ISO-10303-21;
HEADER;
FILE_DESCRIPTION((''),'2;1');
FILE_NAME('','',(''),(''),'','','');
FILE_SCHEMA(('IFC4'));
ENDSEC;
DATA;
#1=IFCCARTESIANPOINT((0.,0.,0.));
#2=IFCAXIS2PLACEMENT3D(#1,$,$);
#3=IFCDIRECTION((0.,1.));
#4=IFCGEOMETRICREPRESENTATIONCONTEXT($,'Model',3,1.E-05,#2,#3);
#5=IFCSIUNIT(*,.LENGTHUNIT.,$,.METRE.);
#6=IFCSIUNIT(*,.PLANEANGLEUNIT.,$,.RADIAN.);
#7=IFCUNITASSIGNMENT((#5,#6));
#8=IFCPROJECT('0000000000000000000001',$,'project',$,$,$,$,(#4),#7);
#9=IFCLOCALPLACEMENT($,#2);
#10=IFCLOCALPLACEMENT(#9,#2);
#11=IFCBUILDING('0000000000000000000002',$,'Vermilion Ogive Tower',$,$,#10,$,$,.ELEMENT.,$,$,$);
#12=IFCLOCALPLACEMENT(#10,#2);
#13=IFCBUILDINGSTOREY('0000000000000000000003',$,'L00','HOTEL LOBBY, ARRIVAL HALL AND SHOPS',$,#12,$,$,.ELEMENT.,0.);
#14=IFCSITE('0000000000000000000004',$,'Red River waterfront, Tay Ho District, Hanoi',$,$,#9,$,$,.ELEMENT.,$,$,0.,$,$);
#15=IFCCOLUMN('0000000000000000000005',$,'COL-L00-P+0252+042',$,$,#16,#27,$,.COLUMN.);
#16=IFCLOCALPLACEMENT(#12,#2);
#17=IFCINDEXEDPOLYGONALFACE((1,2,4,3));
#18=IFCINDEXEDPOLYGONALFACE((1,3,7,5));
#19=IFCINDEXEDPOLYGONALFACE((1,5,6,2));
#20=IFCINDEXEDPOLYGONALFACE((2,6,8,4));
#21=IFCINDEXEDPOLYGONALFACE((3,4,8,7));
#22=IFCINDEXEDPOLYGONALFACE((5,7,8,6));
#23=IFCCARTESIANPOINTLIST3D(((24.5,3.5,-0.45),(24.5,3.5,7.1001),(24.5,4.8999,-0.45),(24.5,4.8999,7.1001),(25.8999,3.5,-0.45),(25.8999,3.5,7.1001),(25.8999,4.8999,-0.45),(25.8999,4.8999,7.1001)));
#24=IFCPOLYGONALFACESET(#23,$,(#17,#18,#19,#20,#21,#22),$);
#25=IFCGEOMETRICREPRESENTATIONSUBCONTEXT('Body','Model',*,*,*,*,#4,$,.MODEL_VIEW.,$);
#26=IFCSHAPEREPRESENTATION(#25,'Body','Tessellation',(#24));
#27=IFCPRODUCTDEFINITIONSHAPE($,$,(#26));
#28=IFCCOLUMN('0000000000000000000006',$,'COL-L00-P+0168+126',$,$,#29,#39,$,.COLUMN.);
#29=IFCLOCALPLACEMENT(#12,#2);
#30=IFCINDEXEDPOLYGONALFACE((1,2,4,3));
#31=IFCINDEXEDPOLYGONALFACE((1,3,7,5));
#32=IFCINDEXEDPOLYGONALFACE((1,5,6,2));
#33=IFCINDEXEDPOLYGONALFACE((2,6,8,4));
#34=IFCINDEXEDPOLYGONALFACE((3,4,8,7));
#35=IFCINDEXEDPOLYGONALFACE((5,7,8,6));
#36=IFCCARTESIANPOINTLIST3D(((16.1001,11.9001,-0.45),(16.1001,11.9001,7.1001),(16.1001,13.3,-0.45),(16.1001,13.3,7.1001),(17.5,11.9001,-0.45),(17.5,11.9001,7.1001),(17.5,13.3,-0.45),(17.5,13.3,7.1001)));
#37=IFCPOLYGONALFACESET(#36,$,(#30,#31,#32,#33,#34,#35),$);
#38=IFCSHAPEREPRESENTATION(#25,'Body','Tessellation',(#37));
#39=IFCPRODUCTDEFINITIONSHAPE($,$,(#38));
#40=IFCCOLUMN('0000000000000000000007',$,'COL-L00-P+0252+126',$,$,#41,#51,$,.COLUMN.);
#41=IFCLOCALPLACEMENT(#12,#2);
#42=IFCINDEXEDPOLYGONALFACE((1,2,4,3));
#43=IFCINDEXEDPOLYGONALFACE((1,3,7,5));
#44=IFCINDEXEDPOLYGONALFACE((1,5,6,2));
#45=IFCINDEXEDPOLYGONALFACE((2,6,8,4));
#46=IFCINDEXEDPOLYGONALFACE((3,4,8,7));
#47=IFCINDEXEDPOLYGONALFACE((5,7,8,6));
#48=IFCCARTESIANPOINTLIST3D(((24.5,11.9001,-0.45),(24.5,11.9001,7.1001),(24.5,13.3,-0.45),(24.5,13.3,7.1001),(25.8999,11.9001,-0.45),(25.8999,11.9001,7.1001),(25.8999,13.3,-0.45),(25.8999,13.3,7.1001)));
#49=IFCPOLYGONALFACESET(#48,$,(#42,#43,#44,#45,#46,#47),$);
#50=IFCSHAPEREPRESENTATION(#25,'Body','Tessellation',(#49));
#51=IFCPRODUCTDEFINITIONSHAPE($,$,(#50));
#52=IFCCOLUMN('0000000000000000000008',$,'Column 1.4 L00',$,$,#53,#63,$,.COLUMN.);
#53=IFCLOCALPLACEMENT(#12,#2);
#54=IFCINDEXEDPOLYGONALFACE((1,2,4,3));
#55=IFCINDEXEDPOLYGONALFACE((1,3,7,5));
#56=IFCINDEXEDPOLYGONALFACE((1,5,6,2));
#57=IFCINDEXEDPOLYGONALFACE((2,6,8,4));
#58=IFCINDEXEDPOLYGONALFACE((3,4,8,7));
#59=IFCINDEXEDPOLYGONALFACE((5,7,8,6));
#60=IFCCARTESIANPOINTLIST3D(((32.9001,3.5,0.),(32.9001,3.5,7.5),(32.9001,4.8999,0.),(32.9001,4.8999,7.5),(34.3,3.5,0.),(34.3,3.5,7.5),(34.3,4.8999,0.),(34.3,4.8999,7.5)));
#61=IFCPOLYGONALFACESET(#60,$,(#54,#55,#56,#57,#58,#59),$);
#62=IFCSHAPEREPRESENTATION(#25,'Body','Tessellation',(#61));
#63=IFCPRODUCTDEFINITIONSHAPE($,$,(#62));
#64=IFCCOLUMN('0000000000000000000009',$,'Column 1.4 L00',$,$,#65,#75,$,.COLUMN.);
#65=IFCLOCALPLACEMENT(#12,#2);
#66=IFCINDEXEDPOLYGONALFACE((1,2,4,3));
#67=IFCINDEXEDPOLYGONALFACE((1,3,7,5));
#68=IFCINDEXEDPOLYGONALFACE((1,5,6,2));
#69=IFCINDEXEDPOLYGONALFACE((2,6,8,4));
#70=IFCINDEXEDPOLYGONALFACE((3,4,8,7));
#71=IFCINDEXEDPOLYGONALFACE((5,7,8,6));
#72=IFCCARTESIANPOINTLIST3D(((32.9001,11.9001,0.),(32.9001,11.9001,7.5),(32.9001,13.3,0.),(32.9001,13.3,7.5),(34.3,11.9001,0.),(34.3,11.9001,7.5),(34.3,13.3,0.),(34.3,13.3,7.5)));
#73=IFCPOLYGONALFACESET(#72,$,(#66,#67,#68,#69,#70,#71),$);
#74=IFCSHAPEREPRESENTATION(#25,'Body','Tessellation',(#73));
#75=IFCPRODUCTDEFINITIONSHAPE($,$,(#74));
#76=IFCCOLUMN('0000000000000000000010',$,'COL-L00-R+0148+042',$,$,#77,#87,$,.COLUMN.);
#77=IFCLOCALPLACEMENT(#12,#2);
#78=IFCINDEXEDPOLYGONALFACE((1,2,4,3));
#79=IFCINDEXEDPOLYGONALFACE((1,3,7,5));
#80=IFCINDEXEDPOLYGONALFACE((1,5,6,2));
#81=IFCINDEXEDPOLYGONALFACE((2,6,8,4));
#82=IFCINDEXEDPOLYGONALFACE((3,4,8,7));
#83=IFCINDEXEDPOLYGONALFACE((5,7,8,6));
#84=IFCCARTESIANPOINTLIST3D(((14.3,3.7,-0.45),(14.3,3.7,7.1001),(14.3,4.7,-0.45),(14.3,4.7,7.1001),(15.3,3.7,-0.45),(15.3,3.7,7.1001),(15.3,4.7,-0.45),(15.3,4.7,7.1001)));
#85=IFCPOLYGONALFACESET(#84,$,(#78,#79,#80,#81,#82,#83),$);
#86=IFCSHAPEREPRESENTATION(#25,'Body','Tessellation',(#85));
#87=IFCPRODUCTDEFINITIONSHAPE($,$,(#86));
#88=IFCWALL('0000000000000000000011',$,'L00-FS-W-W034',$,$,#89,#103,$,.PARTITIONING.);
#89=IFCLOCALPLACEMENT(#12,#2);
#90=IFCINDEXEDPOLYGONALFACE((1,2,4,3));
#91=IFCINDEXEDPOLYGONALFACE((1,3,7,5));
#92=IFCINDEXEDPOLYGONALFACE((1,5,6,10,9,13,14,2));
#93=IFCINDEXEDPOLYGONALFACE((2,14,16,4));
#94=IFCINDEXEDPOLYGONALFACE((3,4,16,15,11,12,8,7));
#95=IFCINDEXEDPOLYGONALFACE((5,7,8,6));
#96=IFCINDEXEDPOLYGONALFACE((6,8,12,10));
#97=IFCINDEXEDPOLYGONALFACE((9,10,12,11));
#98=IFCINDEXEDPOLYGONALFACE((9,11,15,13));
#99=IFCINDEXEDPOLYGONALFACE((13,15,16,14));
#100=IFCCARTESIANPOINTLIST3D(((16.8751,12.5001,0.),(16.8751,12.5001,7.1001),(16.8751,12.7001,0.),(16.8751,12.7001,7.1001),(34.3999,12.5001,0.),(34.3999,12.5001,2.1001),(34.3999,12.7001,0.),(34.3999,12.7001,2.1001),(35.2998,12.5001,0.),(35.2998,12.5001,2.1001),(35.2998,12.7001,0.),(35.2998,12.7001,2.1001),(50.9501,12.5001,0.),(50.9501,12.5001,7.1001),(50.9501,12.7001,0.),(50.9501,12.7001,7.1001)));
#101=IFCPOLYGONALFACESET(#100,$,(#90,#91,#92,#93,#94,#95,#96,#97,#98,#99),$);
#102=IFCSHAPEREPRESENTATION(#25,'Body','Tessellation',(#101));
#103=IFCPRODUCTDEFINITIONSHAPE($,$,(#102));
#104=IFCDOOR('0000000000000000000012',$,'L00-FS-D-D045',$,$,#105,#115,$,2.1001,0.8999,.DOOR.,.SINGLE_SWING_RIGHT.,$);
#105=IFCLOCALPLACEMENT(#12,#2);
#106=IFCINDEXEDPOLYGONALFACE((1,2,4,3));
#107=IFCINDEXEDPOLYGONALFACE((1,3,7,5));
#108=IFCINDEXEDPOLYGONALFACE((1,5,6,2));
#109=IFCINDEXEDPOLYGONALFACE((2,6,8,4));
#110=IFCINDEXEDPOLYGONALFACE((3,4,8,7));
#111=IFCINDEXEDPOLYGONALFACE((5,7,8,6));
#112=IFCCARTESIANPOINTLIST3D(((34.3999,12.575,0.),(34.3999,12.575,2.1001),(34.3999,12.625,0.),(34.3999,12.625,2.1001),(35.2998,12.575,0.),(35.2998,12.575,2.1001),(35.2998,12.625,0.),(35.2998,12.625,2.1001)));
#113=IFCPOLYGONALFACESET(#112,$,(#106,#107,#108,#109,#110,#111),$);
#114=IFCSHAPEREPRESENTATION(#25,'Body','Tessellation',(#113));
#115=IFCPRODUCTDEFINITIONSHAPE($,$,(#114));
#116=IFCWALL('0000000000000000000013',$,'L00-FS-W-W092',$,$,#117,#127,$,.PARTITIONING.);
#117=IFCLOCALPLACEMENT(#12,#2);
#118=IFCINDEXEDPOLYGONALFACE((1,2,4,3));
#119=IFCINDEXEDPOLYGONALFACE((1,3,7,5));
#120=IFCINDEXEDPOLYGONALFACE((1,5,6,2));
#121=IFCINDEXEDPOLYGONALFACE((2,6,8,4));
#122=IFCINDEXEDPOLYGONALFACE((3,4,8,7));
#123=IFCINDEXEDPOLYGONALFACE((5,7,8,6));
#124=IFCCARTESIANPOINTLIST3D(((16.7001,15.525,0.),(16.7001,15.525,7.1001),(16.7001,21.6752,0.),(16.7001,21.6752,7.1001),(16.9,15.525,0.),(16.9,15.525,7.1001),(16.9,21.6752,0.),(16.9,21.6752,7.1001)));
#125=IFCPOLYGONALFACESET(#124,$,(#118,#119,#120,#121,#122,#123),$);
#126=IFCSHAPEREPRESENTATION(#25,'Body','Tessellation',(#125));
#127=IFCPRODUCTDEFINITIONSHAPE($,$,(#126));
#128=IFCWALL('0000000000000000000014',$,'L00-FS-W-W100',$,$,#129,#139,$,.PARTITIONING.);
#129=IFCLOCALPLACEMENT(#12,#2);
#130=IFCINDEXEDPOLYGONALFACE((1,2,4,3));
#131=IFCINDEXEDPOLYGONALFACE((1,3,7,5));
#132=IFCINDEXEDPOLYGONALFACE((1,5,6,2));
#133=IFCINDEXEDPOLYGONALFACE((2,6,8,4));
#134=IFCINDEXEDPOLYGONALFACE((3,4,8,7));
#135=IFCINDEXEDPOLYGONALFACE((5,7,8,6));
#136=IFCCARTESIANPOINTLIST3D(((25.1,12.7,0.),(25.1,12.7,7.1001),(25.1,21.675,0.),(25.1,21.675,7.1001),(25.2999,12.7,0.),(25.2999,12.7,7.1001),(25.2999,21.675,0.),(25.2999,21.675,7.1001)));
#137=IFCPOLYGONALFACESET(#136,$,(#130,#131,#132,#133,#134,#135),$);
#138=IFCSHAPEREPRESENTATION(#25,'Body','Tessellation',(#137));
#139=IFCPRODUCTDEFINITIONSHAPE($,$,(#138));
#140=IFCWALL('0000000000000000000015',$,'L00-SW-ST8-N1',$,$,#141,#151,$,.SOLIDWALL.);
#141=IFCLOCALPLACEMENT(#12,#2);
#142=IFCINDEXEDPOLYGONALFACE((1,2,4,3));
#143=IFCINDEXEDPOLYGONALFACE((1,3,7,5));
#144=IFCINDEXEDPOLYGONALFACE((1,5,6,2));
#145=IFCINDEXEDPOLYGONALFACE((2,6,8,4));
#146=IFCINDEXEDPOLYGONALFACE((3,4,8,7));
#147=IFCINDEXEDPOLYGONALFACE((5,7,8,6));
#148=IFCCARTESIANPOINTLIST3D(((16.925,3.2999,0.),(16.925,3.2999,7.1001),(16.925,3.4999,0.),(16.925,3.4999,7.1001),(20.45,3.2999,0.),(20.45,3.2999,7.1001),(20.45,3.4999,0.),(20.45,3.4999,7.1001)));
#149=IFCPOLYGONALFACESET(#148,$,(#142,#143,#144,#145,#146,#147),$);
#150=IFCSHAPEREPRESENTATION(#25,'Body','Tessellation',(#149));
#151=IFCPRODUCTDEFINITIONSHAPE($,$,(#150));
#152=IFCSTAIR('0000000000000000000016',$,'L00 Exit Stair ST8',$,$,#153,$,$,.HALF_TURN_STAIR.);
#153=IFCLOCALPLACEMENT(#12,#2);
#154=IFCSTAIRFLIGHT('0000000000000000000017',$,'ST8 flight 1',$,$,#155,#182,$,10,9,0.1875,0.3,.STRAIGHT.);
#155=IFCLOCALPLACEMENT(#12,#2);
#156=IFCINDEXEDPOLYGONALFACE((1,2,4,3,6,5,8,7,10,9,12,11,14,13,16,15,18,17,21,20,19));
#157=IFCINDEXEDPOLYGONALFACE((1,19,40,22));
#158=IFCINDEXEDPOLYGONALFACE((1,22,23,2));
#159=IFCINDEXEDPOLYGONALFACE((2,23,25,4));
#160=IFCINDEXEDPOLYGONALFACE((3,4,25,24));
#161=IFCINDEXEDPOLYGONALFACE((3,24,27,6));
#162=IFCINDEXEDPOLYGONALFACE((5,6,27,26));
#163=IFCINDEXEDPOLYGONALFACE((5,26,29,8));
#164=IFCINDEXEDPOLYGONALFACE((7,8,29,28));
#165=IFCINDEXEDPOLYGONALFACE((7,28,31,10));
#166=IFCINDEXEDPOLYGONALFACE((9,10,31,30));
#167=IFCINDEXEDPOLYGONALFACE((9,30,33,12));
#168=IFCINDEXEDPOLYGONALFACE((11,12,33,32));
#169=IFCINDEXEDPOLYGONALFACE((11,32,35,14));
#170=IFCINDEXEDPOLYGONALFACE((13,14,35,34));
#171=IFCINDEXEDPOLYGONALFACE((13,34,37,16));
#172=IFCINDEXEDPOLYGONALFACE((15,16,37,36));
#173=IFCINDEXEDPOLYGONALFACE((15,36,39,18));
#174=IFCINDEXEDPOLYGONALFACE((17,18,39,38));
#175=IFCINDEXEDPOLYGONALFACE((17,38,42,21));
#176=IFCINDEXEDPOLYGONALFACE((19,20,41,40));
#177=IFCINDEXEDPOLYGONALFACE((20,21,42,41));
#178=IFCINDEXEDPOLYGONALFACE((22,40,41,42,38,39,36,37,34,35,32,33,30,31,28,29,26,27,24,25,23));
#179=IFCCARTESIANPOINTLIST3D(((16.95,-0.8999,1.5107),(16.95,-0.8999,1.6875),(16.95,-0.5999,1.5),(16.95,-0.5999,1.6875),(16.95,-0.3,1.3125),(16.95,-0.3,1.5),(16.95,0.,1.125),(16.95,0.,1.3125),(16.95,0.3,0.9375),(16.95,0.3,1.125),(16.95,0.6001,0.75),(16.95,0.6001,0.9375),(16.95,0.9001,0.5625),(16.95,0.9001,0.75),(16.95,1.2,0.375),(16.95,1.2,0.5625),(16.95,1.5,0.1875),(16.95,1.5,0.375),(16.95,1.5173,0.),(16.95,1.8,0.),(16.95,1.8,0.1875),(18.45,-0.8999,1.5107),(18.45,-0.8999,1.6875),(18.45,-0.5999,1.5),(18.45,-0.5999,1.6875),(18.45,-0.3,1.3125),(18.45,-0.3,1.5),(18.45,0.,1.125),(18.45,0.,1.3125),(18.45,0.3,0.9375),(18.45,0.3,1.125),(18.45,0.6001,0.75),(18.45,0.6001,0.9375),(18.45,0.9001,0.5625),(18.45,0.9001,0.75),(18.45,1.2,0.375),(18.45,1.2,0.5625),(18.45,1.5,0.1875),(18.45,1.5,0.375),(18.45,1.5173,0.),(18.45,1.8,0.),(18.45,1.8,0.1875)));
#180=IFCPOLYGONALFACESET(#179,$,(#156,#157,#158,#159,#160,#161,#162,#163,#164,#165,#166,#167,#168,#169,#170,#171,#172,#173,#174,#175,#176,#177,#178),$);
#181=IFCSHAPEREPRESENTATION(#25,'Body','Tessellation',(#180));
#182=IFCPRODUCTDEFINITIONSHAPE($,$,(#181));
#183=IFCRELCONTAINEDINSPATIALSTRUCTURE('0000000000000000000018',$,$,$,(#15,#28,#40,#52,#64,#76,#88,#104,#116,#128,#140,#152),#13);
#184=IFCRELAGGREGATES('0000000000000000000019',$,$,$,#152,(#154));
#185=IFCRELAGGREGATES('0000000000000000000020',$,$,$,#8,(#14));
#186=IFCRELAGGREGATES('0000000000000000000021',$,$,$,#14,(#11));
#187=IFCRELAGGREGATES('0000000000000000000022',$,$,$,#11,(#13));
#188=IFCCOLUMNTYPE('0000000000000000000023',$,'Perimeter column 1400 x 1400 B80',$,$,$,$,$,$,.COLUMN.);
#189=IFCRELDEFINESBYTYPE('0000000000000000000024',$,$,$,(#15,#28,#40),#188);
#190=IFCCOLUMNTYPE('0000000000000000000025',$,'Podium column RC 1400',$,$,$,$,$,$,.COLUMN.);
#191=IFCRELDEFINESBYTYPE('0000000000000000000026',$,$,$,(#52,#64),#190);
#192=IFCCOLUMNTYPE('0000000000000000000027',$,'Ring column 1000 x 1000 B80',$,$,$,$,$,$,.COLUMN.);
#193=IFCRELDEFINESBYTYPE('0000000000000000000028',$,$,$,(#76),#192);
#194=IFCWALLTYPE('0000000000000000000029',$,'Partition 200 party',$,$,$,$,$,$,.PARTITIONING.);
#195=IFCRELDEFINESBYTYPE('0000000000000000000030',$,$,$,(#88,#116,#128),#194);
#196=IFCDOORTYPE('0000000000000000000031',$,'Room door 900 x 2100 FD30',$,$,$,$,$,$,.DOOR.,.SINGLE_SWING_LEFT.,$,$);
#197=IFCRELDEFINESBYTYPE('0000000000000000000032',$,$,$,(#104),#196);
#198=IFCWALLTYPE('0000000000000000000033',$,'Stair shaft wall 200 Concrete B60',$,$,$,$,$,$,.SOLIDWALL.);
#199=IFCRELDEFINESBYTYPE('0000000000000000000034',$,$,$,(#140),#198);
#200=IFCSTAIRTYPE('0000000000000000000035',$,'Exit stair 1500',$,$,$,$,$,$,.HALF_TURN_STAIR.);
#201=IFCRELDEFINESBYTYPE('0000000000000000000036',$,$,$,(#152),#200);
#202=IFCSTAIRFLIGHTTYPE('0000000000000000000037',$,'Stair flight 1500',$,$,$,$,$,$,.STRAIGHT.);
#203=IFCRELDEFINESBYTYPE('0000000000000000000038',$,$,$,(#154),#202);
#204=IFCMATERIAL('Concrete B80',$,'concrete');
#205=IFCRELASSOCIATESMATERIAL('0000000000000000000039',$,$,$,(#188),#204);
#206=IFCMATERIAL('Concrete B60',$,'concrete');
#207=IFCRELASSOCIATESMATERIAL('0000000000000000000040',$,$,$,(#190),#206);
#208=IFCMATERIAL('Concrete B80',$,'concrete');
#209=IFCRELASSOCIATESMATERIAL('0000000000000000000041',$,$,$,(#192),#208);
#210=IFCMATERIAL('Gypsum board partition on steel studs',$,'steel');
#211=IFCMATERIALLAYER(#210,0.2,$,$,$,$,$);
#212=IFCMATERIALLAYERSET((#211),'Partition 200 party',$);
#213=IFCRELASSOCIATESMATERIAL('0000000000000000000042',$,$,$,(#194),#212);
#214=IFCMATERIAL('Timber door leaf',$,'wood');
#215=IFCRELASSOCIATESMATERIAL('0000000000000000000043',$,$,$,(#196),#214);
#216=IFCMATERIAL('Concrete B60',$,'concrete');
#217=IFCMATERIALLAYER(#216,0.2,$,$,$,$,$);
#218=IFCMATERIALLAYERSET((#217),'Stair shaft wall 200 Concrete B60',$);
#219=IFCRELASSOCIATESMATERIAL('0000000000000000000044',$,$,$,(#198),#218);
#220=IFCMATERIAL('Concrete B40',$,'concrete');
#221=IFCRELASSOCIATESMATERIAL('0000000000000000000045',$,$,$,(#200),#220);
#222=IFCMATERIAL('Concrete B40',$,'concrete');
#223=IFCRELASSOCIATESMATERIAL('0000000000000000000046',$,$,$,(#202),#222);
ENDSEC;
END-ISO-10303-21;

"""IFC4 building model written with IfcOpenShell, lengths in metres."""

from ifc_helpers import new_model, si_unit, direction, frame, frame_2d, origin, origin_2d, place, context, subcontext, project, spatial, polyline, rectangle, outline, extrude, material, layer, layer_set, material_profile, profile_set, type_object, element, fill, aggregate, save


model = new_model("IFC4")

# Units and contexts
model_context = context("Model", 3, precision=1e-05, world=origin(), true_north=direction((0.0, 1.0)))
body_context = subcontext(model_context, "Body", "Model", "MODEL_VIEW")
ifc_project = project(units=[si_unit("LENGTHUNIT", "METRE"), si_unit("PLANEANGLEUNIT", "RADIAN")], contexts=[model_context])

# Site, building, storey
site_placement = place(None, origin())
site = spatial("IfcSite", under=ifc_project, at=site_placement, Name="Red River waterfront, Tay Ho District, Hanoi", CompositionType="ELEMENT", RefElevation=0.0)
building_placement = place(site_placement, origin())
building = spatial("IfcBuilding", under=site, at=building_placement, Name="Vermilion Ogive Tower", CompositionType="ELEMENT")
storey_placement = place(building_placement, origin())
storey = spatial("IfcBuildingStorey", under=building, at=storey_placement, Name="L00", Description="HOTEL LOBBY, ARRIVAL HALL AND SHOPS", CompositionType="ELEMENT", Elevation=0.0)

# Columns
ifc_material_1 = material(Name="Concrete B80", Category="concrete")
ifc_material_profile_1 = material_profile(ifc_material_1, rectangle(XDim=1.3999, YDim=1.3999, at=origin_2d()), Name="1400 x 1400")
ifc_profile_set_1 = profile_set([ifc_material_profile_1], Name="Concrete B80")
column_type_1 = type_object("IfcColumnType", Name="Perimeter column 1400 x 1400 B80", PredefinedType="COLUMN", material=ifc_profile_set_1)
for number, where, z_axis, x_axis, name in (
    (1, (25.2, 4.2, -0.45), (0.0, 0.0, 1.0), (1.0, 0.0, 0.0), "COL-L00-P+0252+042"),
    (2, (16.8, 12.6001, -0.45), (0.0, 0.0, 1.0), (1.0, 0.0, 0.0), "COL-L00-P+0168+126"),
    (3, (25.2, 12.6001, -0.45), (0.0, 0.0, 1.0), (1.0, 0.0, 0.0), "COL-L00-P+0252+126"),
):
    element("IfcColumn", number, at=place(storey_placement, frame(where, z_axis=z_axis, x_axis=x_axis)), inside=storey, type_object=column_type_1, Name=name, PredefinedType="COLUMN", context=body_context, shape_type="SweptSolid", body=[
        extrude(rectangle(XDim=1.3999, YDim=1.3999, at=origin_2d()), origin(), (0.0, 0.0, 1.0), 7.55),
    ])
ifc_material_2 = material(Name="Concrete B60", Category="concrete")
ifc_material_profile_2 = material_profile(ifc_material_2, rectangle(XDim=1.3999, YDim=1.3999, at=origin_2d()), Name="RC 1400x1400")
ifc_profile_set_2 = profile_set([ifc_material_profile_2], Name="Concrete B60")
column_type_2 = type_object("IfcColumnType", Name="Podium column RC 1400", PredefinedType="COLUMN", material=ifc_profile_set_2)
for number, where, z_axis, x_axis, name in (
    (4, (33.6001, 4.2, 0.0), (0.0, 0.0, 1.0), (1.0, 0.0, 0.0), "Column 1.4 L00"),
    (5, (33.6001, 12.6001, 0.0), (0.0, 0.0, 1.0), (1.0, 0.0, 0.0), "Column 1.4 L00"),
):
    element("IfcColumn", number, at=place(storey_placement, frame(where, z_axis=z_axis, x_axis=x_axis)), inside=storey, type_object=column_type_2, Name=name, PredefinedType="COLUMN", context=body_context, shape_type="SweptSolid", body=[
        extrude(rectangle(XDim=1.3999, YDim=1.3999, at=origin_2d()), origin(), (0.0, 0.0, 1.0), 7.5),
    ])
ifc_material_3 = material(Name="Concrete B80", Category="concrete")
ifc_material_profile_3 = material_profile(ifc_material_3, rectangle(XDim=1.0, YDim=1.0, at=origin_2d()), Name="1000 x 1000")
ifc_profile_set_3 = profile_set([ifc_material_profile_3], Name="Concrete B80")
column_type_3 = type_object("IfcColumnType", Name="Ring column 1000 x 1000 B80", PredefinedType="COLUMN", material=ifc_profile_set_3)
column_placement = place(storey_placement, frame((14.8, 4.2, -0.45), z_axis=(0.0, 0.0, 1.0), x_axis=(1.0, 0.0, 0.0)))
element("IfcColumn", 6, at=column_placement, inside=storey, type_object=column_type_3, Name="COL-L00-R+0148+042", PredefinedType="COLUMN", context=body_context, shape_type="SweptSolid", body=[
    extrude(rectangle(XDim=1.0, YDim=1.0, at=origin_2d()), origin(), (0.0, 0.0, 1.0), 7.55),
])

# Wall, opening, door
ifc_material_4 = material(Name="Gypsum board partition on steel studs", Category="steel")
ifc_layer_1 = layer(ifc_material_4, 0.2)
ifc_layer_set_1 = layer_set([ifc_layer_1], Name="Partition 200 party")
wall_type_1 = type_object("IfcWallType", Name="Partition 200 party", PredefinedType="PARTITIONING", material=ifc_layer_set_1)
wall_1_placement = place(storey_placement, frame((16.875, 12.6001, 0.0), z_axis=(0.0, 0.0, 1.0), x_axis=(1.0, 0.0, 0.0)))
wall_1 = element("IfcWall", 7, at=wall_1_placement, inside=storey, type_object=wall_type_1, Name="L00-FS-W-W034", PredefinedType="PARTITIONING", context=body_context, shape_type="SweptSolid", body=[
    extrude(rectangle(XDim=34.075, YDim=0.2, at=frame_2d((17.0376, 0.0))), origin(), (0.0, 0.0, 1.0), 7.1001),
])
opening_placement = place(wall_1_placement, frame((17.5249, 0.0, 0.0)))
opening = element("IfcOpeningElement", 8, at=opening_placement, cuts=wall_1, PredefinedType="OPENING", context=body_context, shape_type="SweptSolid", body=[
    extrude(rectangle(XDim=0.8999, YDim=2.1001, at=frame_2d((0.45, 1.05))), frame((0.0, 0.1099, 0.0), z_axis=(0.0, -1.0, 0.0), x_axis=(1.0, 0.0, 0.0)), (0.0, 0.0, 1.0), 0.22),
])
ifc_material_5 = material(Name="Timber door leaf", Category="wood")
door_type = type_object("IfcDoorType", Name="Room door 900 x 2100 FD30", OperationType="SINGLE_SWING_LEFT", PredefinedType="DOOR", material=ifc_material_5)
door_placement = place(opening_placement, origin())
door = element("IfcDoor", 9, at=door_placement, inside=storey, type_object=door_type, Name="L00-FS-D-D045", OperationType="SINGLE_SWING_RIGHT", OverallHeight=2.1001, OverallWidth=0.8999, PredefinedType="DOOR", context=body_context, shape_type="SweptSolid", body=[
    extrude(rectangle(XDim=0.8999, YDim=2.1001, at=frame_2d((0.45, 1.05))), frame((0.0, 0.0249, 0.0), z_axis=(0.0, -1.0, 0.0), x_axis=(1.0, 0.0, 0.0)), (0.0, 0.0, 1.0), 0.05),
])
fill(opening, door)

# Walls
wall_2_placement = place(storey_placement, frame((16.8, 15.5249, 0.0), z_axis=(0.0, 0.0, 1.0), x_axis=(0.0, 1.0, 0.0)))
element("IfcWall", 10, at=wall_2_placement, inside=storey, type_object=wall_type_1, Name="L00-FS-W-W092", PredefinedType="PARTITIONING", context=body_context, shape_type="SweptSolid", body=[
    extrude(rectangle(XDim=6.1501, YDim=0.2, at=frame_2d((3.0752, 0.0))), origin(), (0.0, 0.0, 1.0), 7.1001),
])
wall_3_placement = place(storey_placement, frame((25.2, 12.7, 0.0), z_axis=(0.0, 0.0, 1.0), x_axis=(0.0, 1.0, 0.0)))
element("IfcWall", 11, at=wall_3_placement, inside=storey, type_object=wall_type_1, Name="L00-FS-W-W100", PredefinedType="PARTITIONING", context=body_context, shape_type="SweptSolid", body=[
    extrude(rectangle(XDim=8.9751, YDim=0.2, at=frame_2d((4.4875, 0.0))), origin(), (0.0, 0.0, 1.0), 7.1001),
])
ifc_material_6 = material(Name="Concrete B60", Category="concrete")
ifc_layer_2 = layer(ifc_material_6, 0.2)
ifc_layer_set_2 = layer_set([ifc_layer_2], Name="Stair shaft wall 200 Concrete B60")
wall_type_2 = type_object("IfcWallType", Name="Stair shaft wall 200 Concrete B60", PredefinedType="SOLIDWALL", material=ifc_layer_set_2)
wall_4_placement = place(storey_placement, frame((16.925, 3.3999, 0.0), z_axis=(0.0, 0.0, 1.0), x_axis=(1.0, 0.0, 0.0)))
element("IfcWall", 12, at=wall_4_placement, inside=storey, type_object=wall_type_2, Name="L00-SW-ST8-N1", PredefinedType="SOLIDWALL", context=body_context, shape_type="SweptSolid", body=[
    extrude(rectangle(XDim=3.5249, YDim=0.2, at=frame_2d((1.7625, 0.0))), origin(), (0.0, 0.0, 1.0), 7.1001),
])

# Stair, stair flight
ifc_material_7 = material(Name="Concrete B40", Category="concrete")
stair_type = type_object("IfcStairType", Name="Exit stair 1500", PredefinedType="HALF_TURN_STAIR", material=ifc_material_7)
stair_placement = place(storey_placement, origin())
stair = element("IfcStair", 13, at=stair_placement, inside=storey, type_object=stair_type, Name="L00 Exit Stair ST8", PredefinedType="HALF_TURN_STAIR")
ifc_material_8 = material(Name="Concrete B40", Category="concrete")
stair_flight_type = type_object("IfcStairFlightType", Name="Stair flight 1500", PredefinedType="STRAIGHT", material=ifc_material_8)
stair_flight_1_placement = place(storey_placement, frame((17.7, 1.8, 0.0), z_axis=(0.0, 0.0, 1.0), x_axis=(0.0, -1.0, 0.0)))
stair_flight_1 = element("IfcStairFlight", 14, at=stair_flight_1_placement, type_object=stair_flight_type, Name="ST8 flight 1", NumberOfRisers=10, NumberOfTreads=9, PredefinedType="STRAIGHT", RiserHeight=0.1875, TreadLength=0.3, context=body_context, shape_type="SweptSolid", body=[
    extrude(outline(polyline([(0.0, 0.0), (0.0, 0.1875), (0.3, 0.1875), (0.3, 0.375), (0.6001, 0.375), (0.6001, 0.5625), (0.8999, 0.5625), (0.8999, 0.75), (1.2, 0.75), (1.2, 0.9375), (1.5, 0.9375), (1.5, 1.125), (1.8, 1.125), (1.8, 1.3125), (2.1001, 1.3125), (2.1001, 1.5), (2.3999, 1.5), (2.3999, 1.6875), (2.7, 1.6875), (2.7, 1.875), (2.7, 1.5107), (0.2827, 0.0), (0.0, 0.0)])), frame((0.0, 0.75, 0.0), z_axis=(0.0, -1.0, 0.0), x_axis=(1.0, 0.0, 0.0)), (0.0, 0.0, 1.0), 1.5),
])
aggregate(stair, [stair_flight_1])

save(model, "model.ifc")
